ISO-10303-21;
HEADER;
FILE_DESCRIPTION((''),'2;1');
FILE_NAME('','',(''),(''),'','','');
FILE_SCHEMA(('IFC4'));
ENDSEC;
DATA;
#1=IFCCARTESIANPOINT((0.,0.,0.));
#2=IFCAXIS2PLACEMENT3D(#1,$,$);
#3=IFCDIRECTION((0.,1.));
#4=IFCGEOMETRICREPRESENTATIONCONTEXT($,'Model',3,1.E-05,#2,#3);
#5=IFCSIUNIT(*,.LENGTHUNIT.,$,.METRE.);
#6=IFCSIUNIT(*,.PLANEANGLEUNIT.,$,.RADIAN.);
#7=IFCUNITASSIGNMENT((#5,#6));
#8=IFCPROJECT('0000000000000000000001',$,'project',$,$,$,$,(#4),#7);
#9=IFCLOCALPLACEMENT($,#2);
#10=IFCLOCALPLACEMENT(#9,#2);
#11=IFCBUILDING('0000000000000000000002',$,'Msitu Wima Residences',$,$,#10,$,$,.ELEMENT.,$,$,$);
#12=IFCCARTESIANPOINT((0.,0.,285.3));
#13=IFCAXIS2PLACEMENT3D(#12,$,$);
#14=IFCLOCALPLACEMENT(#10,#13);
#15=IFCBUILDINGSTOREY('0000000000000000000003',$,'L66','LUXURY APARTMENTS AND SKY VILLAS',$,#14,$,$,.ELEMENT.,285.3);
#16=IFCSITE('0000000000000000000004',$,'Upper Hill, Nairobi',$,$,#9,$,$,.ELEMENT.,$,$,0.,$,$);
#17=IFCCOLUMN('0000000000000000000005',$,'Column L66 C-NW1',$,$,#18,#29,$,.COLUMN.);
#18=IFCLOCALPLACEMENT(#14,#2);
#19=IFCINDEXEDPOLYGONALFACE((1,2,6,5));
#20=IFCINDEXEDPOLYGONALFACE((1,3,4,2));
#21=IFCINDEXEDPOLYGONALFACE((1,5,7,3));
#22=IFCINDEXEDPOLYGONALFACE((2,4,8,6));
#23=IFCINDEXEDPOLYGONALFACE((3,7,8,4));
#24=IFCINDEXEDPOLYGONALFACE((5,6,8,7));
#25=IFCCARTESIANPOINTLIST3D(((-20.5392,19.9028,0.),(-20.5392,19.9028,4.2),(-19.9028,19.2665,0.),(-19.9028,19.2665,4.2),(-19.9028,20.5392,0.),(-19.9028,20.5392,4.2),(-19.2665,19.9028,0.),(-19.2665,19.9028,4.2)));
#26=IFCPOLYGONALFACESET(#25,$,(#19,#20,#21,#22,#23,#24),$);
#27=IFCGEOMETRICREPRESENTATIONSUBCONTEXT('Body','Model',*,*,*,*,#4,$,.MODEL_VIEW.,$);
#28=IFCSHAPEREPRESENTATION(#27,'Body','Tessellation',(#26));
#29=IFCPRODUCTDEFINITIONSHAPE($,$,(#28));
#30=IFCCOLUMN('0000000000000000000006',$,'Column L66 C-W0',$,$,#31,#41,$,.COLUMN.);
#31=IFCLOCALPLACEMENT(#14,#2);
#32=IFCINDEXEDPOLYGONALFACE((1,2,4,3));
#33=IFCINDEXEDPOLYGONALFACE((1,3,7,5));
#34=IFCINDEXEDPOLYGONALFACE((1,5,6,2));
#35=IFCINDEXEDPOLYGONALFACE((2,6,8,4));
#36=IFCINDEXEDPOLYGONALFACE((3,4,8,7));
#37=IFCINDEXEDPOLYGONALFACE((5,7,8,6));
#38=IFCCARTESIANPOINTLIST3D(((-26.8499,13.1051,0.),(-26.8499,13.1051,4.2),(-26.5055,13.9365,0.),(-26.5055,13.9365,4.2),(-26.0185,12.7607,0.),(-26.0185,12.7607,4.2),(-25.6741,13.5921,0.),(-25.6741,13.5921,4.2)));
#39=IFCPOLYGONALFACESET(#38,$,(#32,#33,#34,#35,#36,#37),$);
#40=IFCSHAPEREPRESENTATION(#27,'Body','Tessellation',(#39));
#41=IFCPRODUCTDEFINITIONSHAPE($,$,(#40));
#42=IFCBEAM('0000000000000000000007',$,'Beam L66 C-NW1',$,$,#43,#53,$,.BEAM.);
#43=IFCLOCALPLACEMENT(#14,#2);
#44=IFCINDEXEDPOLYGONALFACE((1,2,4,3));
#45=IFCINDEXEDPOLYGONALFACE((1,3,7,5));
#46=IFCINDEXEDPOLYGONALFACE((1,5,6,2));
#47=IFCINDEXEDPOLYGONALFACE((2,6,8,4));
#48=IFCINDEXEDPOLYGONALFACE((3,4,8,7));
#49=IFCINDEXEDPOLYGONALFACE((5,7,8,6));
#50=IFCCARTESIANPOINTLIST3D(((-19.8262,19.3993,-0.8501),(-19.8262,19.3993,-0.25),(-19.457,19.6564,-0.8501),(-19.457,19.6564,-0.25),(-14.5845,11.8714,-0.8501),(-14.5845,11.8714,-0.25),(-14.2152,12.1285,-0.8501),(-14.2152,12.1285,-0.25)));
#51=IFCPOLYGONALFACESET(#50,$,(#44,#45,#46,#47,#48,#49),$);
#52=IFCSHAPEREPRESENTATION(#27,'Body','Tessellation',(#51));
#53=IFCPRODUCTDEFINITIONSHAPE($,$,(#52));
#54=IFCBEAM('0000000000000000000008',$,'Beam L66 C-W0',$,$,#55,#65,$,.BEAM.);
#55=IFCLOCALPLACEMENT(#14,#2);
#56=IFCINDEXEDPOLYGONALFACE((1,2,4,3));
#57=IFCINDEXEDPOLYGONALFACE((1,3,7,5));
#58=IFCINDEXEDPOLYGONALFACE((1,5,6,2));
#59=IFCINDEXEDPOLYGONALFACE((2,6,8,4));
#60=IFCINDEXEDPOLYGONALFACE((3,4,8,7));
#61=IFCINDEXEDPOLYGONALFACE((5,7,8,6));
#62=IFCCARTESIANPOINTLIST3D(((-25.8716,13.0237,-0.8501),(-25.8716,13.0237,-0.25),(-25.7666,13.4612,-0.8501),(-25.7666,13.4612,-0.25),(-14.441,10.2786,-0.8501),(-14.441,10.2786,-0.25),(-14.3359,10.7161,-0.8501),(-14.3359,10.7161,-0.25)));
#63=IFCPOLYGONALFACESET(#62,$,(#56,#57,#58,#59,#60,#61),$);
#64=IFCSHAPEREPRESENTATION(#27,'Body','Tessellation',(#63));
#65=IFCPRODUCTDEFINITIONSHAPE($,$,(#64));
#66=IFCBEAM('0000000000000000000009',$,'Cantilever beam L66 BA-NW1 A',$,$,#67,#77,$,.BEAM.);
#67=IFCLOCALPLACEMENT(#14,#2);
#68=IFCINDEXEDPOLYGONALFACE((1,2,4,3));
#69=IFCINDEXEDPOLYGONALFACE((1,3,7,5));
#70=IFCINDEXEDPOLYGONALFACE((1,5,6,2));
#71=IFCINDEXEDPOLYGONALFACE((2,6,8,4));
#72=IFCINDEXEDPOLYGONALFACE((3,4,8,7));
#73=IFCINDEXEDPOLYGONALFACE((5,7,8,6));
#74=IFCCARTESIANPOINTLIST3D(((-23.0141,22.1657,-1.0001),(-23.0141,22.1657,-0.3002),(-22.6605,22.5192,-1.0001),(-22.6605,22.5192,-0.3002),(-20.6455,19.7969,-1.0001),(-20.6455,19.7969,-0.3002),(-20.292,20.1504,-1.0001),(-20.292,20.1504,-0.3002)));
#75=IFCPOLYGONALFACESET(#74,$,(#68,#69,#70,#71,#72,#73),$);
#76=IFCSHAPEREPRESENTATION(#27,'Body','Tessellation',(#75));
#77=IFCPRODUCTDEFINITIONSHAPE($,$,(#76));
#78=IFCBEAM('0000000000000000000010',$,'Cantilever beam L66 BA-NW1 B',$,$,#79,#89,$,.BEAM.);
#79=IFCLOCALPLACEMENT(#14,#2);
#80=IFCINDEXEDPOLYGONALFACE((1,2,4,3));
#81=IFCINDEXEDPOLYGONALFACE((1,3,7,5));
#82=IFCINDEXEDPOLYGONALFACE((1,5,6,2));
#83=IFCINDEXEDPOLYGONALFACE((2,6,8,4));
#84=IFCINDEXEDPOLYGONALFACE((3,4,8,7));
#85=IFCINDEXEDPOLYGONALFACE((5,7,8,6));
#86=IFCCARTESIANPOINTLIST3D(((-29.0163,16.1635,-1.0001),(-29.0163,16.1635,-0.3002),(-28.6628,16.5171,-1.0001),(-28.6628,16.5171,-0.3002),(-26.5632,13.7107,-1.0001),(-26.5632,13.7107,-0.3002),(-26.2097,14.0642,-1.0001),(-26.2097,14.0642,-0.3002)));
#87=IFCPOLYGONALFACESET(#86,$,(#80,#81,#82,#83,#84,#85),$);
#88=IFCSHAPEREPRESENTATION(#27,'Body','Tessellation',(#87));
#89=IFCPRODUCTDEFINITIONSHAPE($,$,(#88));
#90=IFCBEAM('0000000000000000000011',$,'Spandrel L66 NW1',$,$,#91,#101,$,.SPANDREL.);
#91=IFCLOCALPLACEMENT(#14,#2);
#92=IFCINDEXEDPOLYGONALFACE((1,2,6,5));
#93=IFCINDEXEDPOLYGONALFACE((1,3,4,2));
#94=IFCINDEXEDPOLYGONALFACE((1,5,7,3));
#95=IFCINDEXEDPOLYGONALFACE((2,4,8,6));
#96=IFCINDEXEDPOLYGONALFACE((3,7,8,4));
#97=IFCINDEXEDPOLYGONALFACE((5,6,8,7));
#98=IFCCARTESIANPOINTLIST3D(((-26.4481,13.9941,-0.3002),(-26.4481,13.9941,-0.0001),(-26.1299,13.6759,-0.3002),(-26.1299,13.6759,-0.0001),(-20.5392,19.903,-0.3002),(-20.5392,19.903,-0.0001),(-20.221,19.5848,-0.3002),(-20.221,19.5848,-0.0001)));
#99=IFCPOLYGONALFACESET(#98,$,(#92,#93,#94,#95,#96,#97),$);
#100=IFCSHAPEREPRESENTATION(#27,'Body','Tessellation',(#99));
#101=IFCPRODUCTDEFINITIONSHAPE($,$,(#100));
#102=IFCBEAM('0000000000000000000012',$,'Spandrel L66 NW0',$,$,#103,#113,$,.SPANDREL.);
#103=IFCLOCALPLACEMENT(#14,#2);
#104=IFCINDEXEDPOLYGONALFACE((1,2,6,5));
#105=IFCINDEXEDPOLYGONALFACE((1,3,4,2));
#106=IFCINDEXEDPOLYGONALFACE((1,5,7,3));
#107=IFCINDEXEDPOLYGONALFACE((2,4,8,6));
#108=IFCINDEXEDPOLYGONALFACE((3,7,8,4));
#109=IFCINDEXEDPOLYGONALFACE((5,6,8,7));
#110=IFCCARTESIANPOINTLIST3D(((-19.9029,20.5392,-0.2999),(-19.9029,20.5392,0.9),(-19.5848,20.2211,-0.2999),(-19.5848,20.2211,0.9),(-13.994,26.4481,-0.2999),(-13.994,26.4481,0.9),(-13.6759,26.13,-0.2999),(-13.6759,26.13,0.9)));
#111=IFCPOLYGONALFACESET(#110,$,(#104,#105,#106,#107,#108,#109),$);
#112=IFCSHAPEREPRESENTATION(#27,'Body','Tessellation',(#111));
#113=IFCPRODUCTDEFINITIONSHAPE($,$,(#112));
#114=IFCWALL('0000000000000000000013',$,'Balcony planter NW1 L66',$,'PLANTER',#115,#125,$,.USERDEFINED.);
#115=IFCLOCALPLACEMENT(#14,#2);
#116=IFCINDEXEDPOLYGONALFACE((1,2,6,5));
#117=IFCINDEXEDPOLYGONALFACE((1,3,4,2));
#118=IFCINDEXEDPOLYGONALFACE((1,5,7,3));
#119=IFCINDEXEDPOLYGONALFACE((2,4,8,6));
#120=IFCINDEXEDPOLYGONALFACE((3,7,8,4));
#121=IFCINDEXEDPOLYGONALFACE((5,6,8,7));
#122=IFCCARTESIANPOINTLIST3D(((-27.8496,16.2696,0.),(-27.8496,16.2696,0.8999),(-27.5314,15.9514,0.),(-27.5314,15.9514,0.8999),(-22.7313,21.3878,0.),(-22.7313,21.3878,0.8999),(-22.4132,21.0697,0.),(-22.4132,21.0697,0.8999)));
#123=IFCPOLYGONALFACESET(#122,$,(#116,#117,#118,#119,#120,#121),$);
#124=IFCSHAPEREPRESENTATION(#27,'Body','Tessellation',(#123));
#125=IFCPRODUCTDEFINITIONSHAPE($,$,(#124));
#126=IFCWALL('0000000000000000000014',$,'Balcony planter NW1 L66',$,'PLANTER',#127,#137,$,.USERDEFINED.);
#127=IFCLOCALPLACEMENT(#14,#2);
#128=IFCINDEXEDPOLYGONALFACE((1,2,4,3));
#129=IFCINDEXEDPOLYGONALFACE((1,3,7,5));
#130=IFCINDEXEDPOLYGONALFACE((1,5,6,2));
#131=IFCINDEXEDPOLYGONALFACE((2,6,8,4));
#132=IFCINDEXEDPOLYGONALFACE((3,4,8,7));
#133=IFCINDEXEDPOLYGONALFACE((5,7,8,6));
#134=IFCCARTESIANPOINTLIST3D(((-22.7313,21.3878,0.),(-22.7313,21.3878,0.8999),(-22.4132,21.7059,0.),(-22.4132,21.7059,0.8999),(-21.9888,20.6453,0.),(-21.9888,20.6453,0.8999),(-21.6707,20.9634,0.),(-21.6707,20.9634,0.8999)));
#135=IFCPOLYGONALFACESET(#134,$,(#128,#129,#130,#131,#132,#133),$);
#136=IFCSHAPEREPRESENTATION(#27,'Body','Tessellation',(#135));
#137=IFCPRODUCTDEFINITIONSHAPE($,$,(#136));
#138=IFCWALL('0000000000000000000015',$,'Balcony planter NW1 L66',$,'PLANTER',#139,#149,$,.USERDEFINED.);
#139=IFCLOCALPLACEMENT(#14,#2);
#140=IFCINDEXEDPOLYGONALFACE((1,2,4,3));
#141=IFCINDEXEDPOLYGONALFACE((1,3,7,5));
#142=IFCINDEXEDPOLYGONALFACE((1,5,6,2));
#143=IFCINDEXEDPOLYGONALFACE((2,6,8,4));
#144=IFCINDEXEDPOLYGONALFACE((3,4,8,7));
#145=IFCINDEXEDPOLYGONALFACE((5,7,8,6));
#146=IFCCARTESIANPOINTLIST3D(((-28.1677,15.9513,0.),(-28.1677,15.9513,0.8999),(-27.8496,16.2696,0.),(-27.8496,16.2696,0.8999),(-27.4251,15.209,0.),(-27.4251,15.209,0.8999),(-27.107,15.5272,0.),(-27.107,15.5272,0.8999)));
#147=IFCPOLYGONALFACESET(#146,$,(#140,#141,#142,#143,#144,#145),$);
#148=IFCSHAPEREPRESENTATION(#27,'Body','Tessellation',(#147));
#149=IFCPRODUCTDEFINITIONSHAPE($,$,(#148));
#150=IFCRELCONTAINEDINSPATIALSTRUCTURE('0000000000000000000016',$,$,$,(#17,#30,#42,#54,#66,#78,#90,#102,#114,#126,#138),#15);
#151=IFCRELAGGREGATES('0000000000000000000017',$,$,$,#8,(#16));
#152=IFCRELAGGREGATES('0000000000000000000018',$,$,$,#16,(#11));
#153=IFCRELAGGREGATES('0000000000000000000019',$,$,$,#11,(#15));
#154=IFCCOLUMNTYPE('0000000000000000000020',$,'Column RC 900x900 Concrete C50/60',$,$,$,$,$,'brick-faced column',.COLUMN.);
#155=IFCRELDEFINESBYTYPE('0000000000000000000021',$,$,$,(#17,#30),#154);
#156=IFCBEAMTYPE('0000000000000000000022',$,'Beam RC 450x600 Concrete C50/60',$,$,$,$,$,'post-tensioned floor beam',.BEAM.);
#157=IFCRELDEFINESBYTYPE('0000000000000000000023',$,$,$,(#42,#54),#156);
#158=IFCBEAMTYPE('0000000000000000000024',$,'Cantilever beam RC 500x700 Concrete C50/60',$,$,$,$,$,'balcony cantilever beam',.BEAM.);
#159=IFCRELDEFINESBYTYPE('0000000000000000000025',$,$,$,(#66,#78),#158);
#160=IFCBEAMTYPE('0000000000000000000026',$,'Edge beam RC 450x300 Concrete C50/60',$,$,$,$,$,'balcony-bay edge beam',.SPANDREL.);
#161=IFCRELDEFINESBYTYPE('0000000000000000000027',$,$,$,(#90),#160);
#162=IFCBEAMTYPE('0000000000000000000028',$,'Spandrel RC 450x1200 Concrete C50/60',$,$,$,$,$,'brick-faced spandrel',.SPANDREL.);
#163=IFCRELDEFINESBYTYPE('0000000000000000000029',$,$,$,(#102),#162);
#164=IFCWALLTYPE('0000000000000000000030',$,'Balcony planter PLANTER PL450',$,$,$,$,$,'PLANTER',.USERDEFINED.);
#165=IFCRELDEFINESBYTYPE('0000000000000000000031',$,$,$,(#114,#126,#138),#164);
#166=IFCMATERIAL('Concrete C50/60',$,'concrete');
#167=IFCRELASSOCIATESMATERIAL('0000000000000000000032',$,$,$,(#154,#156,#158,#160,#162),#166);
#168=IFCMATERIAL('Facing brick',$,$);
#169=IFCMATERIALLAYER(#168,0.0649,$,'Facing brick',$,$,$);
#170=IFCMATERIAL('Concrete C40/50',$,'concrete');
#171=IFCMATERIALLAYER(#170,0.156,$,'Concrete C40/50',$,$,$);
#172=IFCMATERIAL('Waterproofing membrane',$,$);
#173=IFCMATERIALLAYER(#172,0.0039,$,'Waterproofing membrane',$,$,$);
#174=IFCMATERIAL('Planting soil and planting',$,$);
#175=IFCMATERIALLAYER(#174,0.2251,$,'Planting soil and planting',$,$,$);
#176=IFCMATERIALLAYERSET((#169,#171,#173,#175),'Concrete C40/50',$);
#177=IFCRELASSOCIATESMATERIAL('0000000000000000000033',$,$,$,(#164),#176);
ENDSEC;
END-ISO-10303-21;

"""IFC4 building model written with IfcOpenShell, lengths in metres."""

from ifc_helpers import new_model, si_unit, direction, frame, frame_2d, origin, origin_2d, place, context, subcontext, project, spatial, rectangle, extrude, material, layer, layer_set, material_profile, profile_set, type_object, element, save


model = new_model("IFC4")

# Units and contexts
model_context = context("Model", 3, precision=1e-05, world=origin(), true_north=direction((0.0, 1.0)))
body_context = subcontext(model_context, "Body", "Model", "MODEL_VIEW")
ifc_project = project(units=[si_unit("LENGTHUNIT", "METRE"), si_unit("PLANEANGLEUNIT", "RADIAN")], contexts=[model_context])

# Site, building, storey
site_placement = place(None, origin())
site = spatial("IfcSite", under=ifc_project, at=site_placement, Name="Upper Hill, Nairobi", CompositionType="ELEMENT", RefElevation=0.0)
building_placement = place(site_placement, origin())
building = spatial("IfcBuilding", under=site, at=building_placement, Name="Msitu Wima Residences", CompositionType="ELEMENT")
storey_placement = place(building_placement, frame((0.0, 0.0, 285.3)))
storey = spatial("IfcBuildingStorey", under=building, at=storey_placement, Name="L66", Description="LUXURY APARTMENTS AND SKY VILLAS", CompositionType="ELEMENT", Elevation=285.3)

# Columns
ifc_material_1 = material(Name="Concrete C50/60", Category="concrete")
ifc_material_profile_1 = material_profile(ifc_material_1, rectangle(XDim=0.8999, YDim=0.8999, at=origin_2d()), Name="RC 900x900")
ifc_profile_set_1 = profile_set([ifc_material_profile_1], Name="Concrete C50/60")
column_type = type_object("IfcColumnType", Name="Column RC 900x900 Concrete C50/60", ElementType="brick-faced column", PredefinedType="COLUMN", material=ifc_profile_set_1)
for number, where, z_axis, x_axis, name in (
    (1, (-19.9028, 19.9028, 0.0), (0.0, 0.0, 1.0), (-0.707107, -0.707107, 0.0), "Column L66 C-NW1"),
    (2, (-26.262, 13.3486, 0.0), (0.0, 0.0, 1.0), (-0.382683, -0.92388, 0.0), "Column L66 C-W0"),
):
    element("IfcColumn", number, at=place(storey_placement, frame(where, z_axis=z_axis, x_axis=x_axis)), inside=storey, type_object=column_type, Name=name, PredefinedType="COLUMN", context=body_context, shape_type="SweptSolid", body=[
        extrude(rectangle(XDim=0.8999, YDim=0.8999, at=origin_2d()), origin(), (0.0, 0.0, 1.0), 4.2),
    ])

# Beams
ifc_material_profile_2 = material_profile(ifc_material_1, rectangle(XDim=0.45, YDim=0.6001, at=origin_2d()), Name="RC 450x600")
ifc_profile_set_2 = profile_set([ifc_material_profile_2], Name="Concrete C50/60")
beam_type_1 = type_object("IfcBeamType", Name="Beam RC 450x600 Concrete C50/60", ElementType="post-tensioned floor beam", PredefinedType="BEAM", material=ifc_profile_set_2)
beam_1_placement = place(storey_placement, frame((-19.6416, 19.5278, -0.55), z_axis=(0.571428, -0.820652, 0.0), x_axis=(0.820652, 0.571428, 0.0)))
element("IfcBeam", 3, at=beam_1_placement, inside=storey, type_object=beam_type_1, Name="Beam L66 C-NW1", PredefinedType="BEAM", context=body_context, shape_type="SweptSolid", body=[
    extrude(rectangle(XDim=0.45, YDim=0.6001, at=origin_2d()), origin(), (0.0, 0.0, 1.0), 9.1731),
])
beam_2_placement = place(storey_placement, frame((-25.8191, 13.2424, -0.55), z_axis=(0.972353, -0.233514, 0.0), x_axis=(0.233514, 0.972353, 0.0)))
element("IfcBeam", 4, at=beam_2_placement, inside=storey, type_object=beam_type_1, Name="Beam L66 C-W0", PredefinedType="BEAM", context=body_context, shape_type="SweptSolid", body=[
    extrude(rectangle(XDim=0.45, YDim=0.6001, at=origin_2d()), origin(), (0.0, 0.0, 1.0), 11.7556),
])
ifc_material_profile_3 = material_profile(ifc_material_1, rectangle(XDim=0.5, YDim=0.7, at=origin_2d()), Name="RC 500x700")
ifc_profile_set_3 = profile_set([ifc_material_profile_3], Name="Concrete C50/60")
beam_type_2 = type_object("IfcBeamType", Name="Cantilever beam RC 500x700 Concrete C50/60", ElementType="balcony cantilever beam", PredefinedType="BEAM", material=ifc_profile_set_3)
beam_3_placement = place(storey_placement, frame((-20.4688, 19.9736, -0.6501), z_axis=(-0.70707, 0.707143, 0.0), x_axis=(-0.707143, -0.70707, 0.0)))
element("IfcBeam", 5, at=beam_3_placement, inside=storey, type_object=beam_type_2, Name="Cantilever beam L66 BA-NW1 A", PredefinedType="BEAM", context=body_context, shape_type="SweptSolid", body=[
    extrude(rectangle(XDim=0.5, YDim=0.7, at=origin_2d()), origin(), (0.0, 0.0, 1.0), 3.3499),
])
beam_4_placement = place(storey_placement, frame((-26.3865, 13.8875, -0.6501), z_axis=(-0.707142, 0.707072, 0.0), x_axis=(-0.707072, -0.707142, 0.0)))
element("IfcBeam", 6, at=beam_4_placement, inside=storey, type_object=beam_type_2, Name="Cantilever beam L66 BA-NW1 B", PredefinedType="BEAM", context=body_context, shape_type="SweptSolid", body=[
    extrude(rectangle(XDim=0.5, YDim=0.7, at=origin_2d()), origin(), (0.0, 0.0, 1.0), 3.469),
])
ifc_material_profile_4 = material_profile(ifc_material_1, rectangle(XDim=0.45, YDim=0.3, at=origin_2d()), Name="RC 450x300")
ifc_profile_set_4 = profile_set([ifc_material_profile_4], Name="Concrete C50/60")
beam_type_3 = type_object("IfcBeamType", Name="Edge beam RC 450x300 Concrete C50/60", ElementType="balcony-bay edge beam", PredefinedType="SPANDREL", material=ifc_profile_set_4)
beam_5_placement = place(storey_placement, frame((-20.3801, 19.7439, -0.1501), z_axis=(-0.707107, -0.707107, 0.0), x_axis=(0.707107, -0.707107, 0.0)))
element("IfcBeam", 7, at=beam_5_placement, inside=storey, type_object=beam_type_3, Name="Spandrel L66 NW1", PredefinedType="SPANDREL", context=body_context, shape_type="SweptSolid", body=[
    extrude(rectangle(XDim=0.45, YDim=0.3, at=origin_2d()), origin(), (0.0, 0.0, 1.0), 8.3564),
])
ifc_material_profile_5 = material_profile(ifc_material_1, rectangle(XDim=0.45, YDim=1.2, at=origin_2d()), Name="RC 450x1200")
ifc_profile_set_5 = profile_set([ifc_material_profile_5], Name="Concrete C50/60")
beam_type_4 = type_object("IfcBeamType", Name="Spandrel RC 450x1200 Concrete C50/60", ElementType="brick-faced spandrel", PredefinedType="SPANDREL", material=ifc_profile_set_5)
beam_6_placement = place(storey_placement, frame((-13.835, 26.2891, 0.3), z_axis=(-0.707107, -0.707107, 0.0), x_axis=(0.707107, -0.707107, 0.0)))
element("IfcBeam", 8, at=beam_6_placement, inside=storey, type_object=beam_type_4, Name="Spandrel L66 NW0", PredefinedType="SPANDREL", context=body_context, shape_type="SweptSolid", body=[
    extrude(rectangle(XDim=0.45, YDim=1.2, at=origin_2d()), origin(), (0.0, 0.0, 1.0), 8.3564),
])

# Walls
ifc_material_2 = material(Name="Facing brick")
ifc_layer_1 = layer(ifc_material_2, 0.0649, Name="Facing brick")
ifc_material_3 = material(Name="Concrete C40/50", Category="concrete")
ifc_layer_2 = layer(ifc_material_3, 0.156, Name="Concrete C40/50")
ifc_material_4 = material(Name="Waterproofing membrane")
ifc_layer_3 = layer(ifc_material_4, 0.0039, Name="Waterproofing membrane")
ifc_material_5 = material(Name="Planting soil and planting")
ifc_layer_4 = layer(ifc_material_5, 0.2251, Name="Planting soil and planting")
ifc_layer_set_1 = layer_set([ifc_layer_1, ifc_layer_2, ifc_layer_3, ifc_layer_4], Name="Concrete C40/50")
wall_type_1 = type_object("IfcWallType", Name="Balcony planter PLANTER PL450", ElementType="PLANTER", PredefinedType="USERDEFINED", material=ifc_layer_set_1)
wall_1_placement = place(storey_placement, frame((-22.5723, 21.2288, 0.0), z_axis=(0.0, 0.0, 1.0), x_axis=(-0.707107, -0.707107, 0.0)))
element("IfcWall", 9, at=wall_1_placement, inside=storey, type_object=wall_type_1, Name="Balcony planter NW1 L66", ObjectType="PLANTER", PredefinedType="USERDEFINED", context=body_context, shape_type="SweptSolid", body=[
    extrude(rectangle(XDim=7.2383, YDim=0.45, at=frame_2d((3.6191, 0.0))), origin(), (0.0, 0.0, 1.0), 0.8999),
])
for number, where, z_axis, x_axis, name in (
    (10, (-21.8298, 20.8044, 0.0), (0.0, 0.0, 1.0), (-0.707107, 0.707107, 0.0), "Balcony planter NW1 L66"),
    (11, (-27.2661, 15.3682, 0.0), (0.0, 0.0, 1.0), (-0.707223, 0.706991, 0.0), "Balcony planter NW1 L66"),
):
    element("IfcWall", number, at=place(storey_placement, frame(where, z_axis=z_axis, x_axis=x_axis)), inside=storey, type_object=wall_type_1, Name=name, ObjectType="PLANTER", PredefinedType="USERDEFINED", context=body_context, shape_type="SweptSolid", body=[
        extrude(rectangle(XDim=1.05, YDim=0.45, at=frame_2d((0.5249, 0.0))), origin(), (0.0, 0.0, 1.0), 0.8999),
    ])

save(model, "model.ifc")
